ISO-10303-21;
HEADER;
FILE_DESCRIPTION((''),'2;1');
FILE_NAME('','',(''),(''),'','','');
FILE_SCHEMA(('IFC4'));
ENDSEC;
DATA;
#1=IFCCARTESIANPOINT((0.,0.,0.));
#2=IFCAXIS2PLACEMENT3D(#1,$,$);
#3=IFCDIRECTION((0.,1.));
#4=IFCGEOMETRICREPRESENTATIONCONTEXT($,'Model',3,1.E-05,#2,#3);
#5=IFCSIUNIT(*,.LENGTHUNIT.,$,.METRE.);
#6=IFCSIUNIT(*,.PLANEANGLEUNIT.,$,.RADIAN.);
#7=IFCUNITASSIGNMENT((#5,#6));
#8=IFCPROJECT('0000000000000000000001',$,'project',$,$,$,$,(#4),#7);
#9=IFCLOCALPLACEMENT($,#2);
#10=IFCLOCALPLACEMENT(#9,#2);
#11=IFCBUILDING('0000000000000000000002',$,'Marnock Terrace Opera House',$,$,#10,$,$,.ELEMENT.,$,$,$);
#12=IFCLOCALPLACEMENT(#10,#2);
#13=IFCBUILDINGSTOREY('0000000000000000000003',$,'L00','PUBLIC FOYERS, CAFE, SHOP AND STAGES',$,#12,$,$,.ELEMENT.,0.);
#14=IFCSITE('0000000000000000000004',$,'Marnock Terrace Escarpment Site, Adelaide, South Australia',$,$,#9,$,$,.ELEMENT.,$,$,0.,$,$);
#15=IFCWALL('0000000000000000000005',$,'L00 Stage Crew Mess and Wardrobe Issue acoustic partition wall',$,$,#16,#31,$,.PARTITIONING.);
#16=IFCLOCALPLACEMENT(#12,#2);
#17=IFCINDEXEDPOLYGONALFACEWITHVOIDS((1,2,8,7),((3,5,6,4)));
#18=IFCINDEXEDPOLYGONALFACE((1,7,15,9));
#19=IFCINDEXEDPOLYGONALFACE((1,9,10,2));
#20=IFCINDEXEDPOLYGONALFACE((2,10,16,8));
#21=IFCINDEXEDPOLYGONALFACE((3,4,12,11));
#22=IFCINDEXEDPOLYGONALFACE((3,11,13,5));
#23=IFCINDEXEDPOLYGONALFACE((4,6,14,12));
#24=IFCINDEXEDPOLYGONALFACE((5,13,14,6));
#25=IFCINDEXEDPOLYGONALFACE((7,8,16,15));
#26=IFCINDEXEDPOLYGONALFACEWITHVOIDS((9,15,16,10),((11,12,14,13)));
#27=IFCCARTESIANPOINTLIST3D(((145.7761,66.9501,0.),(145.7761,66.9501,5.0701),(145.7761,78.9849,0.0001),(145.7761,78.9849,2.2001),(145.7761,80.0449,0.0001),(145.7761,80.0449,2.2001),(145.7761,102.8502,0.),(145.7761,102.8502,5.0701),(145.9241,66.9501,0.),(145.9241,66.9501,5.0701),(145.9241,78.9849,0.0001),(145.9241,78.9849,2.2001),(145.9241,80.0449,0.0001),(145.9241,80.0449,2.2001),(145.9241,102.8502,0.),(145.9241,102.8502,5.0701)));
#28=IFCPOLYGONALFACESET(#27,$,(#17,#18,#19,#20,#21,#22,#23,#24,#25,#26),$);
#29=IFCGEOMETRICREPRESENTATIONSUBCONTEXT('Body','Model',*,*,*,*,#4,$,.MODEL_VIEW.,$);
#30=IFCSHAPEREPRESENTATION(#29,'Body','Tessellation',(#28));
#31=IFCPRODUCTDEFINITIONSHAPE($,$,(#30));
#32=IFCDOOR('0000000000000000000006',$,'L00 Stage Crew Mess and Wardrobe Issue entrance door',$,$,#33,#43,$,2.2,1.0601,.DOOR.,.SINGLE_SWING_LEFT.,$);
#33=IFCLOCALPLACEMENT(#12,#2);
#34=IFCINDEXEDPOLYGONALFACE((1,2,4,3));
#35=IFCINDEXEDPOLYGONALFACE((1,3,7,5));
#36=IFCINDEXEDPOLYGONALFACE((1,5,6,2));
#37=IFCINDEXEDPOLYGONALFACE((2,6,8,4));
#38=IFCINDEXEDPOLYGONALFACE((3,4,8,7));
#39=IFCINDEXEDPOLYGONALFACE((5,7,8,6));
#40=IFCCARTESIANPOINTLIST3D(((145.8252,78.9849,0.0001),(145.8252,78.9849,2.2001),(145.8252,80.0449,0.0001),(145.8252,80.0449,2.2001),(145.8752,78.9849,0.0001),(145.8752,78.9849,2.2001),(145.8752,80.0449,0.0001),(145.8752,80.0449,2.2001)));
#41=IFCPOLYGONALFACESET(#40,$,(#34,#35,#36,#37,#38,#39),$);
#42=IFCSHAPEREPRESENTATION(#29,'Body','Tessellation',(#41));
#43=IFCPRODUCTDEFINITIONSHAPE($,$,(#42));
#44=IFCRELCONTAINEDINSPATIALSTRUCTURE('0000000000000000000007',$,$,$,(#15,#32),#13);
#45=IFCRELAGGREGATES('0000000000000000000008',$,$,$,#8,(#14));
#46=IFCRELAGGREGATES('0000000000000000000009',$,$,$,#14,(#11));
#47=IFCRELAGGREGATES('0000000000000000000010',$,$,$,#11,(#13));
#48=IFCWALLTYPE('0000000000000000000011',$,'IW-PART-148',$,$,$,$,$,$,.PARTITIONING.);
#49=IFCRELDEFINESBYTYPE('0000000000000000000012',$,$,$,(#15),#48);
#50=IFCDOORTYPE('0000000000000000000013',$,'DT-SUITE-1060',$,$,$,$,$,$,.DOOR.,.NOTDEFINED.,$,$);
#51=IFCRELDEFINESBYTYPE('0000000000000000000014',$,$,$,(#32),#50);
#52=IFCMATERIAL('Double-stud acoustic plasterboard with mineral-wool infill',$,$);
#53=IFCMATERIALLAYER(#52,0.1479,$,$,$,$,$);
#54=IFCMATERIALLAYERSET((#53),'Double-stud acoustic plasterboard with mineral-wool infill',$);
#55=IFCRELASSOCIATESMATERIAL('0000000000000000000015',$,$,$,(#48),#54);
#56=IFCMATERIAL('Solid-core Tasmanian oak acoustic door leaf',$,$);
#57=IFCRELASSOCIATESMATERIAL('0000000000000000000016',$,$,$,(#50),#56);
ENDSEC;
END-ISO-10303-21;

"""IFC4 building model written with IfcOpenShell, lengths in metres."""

from ifc_helpers import new_model, si_unit, direction, frame, frame_2d, origin, place, context, subcontext, project, spatial, rectangle, extrude, material, layer, layer_set, type_object, element, fill, save


model = new_model("IFC4")

# Units and contexts
model_context = context("Model", 3, precision=1e-05, world=origin(), true_north=direction((0.0, 1.0)))
body_context = subcontext(model_context, "Body", "Model", "MODEL_VIEW")
ifc_project = project(units=[si_unit("LENGTHUNIT", "METRE"), si_unit("PLANEANGLEUNIT", "RADIAN")], contexts=[model_context])

# Site, building, storey
site_placement = place(None, origin())
site = spatial("IfcSite", under=ifc_project, at=site_placement, Name="Marnock Terrace Escarpment Site, Adelaide, South Australia", CompositionType="ELEMENT", RefElevation=0.0)
building_placement = place(site_placement, origin())
building = spatial("IfcBuilding", under=site, at=building_placement, Name="Marnock Terrace Opera House", CompositionType="ELEMENT")
storey_placement = place(building_placement, origin())
storey = spatial("IfcBuildingStorey", under=building, at=storey_placement, Name="L00", Description="PUBLIC FOYERS, CAFE, SHOP AND STAGES", CompositionType="ELEMENT", Elevation=0.0)

# Wall, opening, door
ifc_material_1 = material(Name="Double-stud acoustic plasterboard with mineral-wool infill")
ifc_layer_1 = layer(ifc_material_1, 0.1479)
ifc_layer_set_1 = layer_set([ifc_layer_1], Name="Double-stud acoustic plasterboard with mineral-wool infill")
wall_type_1 = type_object("IfcWallType", Name="IW-PART-148", PredefinedType="PARTITIONING", material=ifc_layer_set_1)
wall_1_placement = place(storey_placement, frame((145.8501, 66.95, 0.0), z_axis=(0.0, 0.0, 1.0), x_axis=(0.0, 1.0, 0.0)))
wall_1 = element("IfcWall", 1, at=wall_1_placement, inside=storey, type_object=wall_type_1, Name="L00 Stage Crew Mess and Wardrobe Issue acoustic partition wall", PredefinedType="PARTITIONING", context=body_context, shape_type="SweptSolid", body=[
    extrude(rectangle(XDim=35.9001, YDim=0.1479, at=frame_2d((17.9502, 0.0))), origin(), (0.0, 0.0, 1.0), 5.0701),
])
opening_1_placement = place(wall_1_placement, frame((12.0349, 0.0, 0.0)))
opening_1 = element("IfcOpeningElement", 2, at=opening_1_placement, cuts=wall_1, PredefinedType="OPENING", context=body_context, shape_type="SweptSolid", body=[
    extrude(rectangle(XDim=1.0601, YDim=2.2, at=frame_2d((0.53, 1.1001))), frame((0.0, 0.084, 0.0), z_axis=(0.0, -1.0, 0.0), x_axis=(1.0, 0.0, 0.0)), (0.0, 0.0, 1.0), 0.168),
])
ifc_material_2 = material(Name="Solid-core Tasmanian oak acoustic door leaf")
door_type_1 = type_object("IfcDoorType", Name="DT-SUITE-1060", OperationType="NOTDEFINED", PredefinedType="DOOR", material=ifc_material_2)
door_1_placement = place(opening_1_placement, origin())
door_1 = element("IfcDoor", 3, at=door_1_placement, inside=storey, type_object=door_type_1, Name="L00 Stage Crew Mess and Wardrobe Issue entrance door", OperationType="SINGLE_SWING_LEFT", OverallHeight=2.2, OverallWidth=1.0601, PredefinedType="DOOR", context=body_context, shape_type="SweptSolid", body=[
    extrude(rectangle(XDim=1.0601, YDim=2.2, at=frame_2d((0.53, 1.1001))), frame((0.0, 0.0249, 0.0), z_axis=(0.0, -1.0, 0.0), x_axis=(1.0, 0.0, 0.0)), (0.0, 0.0, 1.0), 0.05),
])
fill(opening_1, door_1)

save(model, "model.ifc")
